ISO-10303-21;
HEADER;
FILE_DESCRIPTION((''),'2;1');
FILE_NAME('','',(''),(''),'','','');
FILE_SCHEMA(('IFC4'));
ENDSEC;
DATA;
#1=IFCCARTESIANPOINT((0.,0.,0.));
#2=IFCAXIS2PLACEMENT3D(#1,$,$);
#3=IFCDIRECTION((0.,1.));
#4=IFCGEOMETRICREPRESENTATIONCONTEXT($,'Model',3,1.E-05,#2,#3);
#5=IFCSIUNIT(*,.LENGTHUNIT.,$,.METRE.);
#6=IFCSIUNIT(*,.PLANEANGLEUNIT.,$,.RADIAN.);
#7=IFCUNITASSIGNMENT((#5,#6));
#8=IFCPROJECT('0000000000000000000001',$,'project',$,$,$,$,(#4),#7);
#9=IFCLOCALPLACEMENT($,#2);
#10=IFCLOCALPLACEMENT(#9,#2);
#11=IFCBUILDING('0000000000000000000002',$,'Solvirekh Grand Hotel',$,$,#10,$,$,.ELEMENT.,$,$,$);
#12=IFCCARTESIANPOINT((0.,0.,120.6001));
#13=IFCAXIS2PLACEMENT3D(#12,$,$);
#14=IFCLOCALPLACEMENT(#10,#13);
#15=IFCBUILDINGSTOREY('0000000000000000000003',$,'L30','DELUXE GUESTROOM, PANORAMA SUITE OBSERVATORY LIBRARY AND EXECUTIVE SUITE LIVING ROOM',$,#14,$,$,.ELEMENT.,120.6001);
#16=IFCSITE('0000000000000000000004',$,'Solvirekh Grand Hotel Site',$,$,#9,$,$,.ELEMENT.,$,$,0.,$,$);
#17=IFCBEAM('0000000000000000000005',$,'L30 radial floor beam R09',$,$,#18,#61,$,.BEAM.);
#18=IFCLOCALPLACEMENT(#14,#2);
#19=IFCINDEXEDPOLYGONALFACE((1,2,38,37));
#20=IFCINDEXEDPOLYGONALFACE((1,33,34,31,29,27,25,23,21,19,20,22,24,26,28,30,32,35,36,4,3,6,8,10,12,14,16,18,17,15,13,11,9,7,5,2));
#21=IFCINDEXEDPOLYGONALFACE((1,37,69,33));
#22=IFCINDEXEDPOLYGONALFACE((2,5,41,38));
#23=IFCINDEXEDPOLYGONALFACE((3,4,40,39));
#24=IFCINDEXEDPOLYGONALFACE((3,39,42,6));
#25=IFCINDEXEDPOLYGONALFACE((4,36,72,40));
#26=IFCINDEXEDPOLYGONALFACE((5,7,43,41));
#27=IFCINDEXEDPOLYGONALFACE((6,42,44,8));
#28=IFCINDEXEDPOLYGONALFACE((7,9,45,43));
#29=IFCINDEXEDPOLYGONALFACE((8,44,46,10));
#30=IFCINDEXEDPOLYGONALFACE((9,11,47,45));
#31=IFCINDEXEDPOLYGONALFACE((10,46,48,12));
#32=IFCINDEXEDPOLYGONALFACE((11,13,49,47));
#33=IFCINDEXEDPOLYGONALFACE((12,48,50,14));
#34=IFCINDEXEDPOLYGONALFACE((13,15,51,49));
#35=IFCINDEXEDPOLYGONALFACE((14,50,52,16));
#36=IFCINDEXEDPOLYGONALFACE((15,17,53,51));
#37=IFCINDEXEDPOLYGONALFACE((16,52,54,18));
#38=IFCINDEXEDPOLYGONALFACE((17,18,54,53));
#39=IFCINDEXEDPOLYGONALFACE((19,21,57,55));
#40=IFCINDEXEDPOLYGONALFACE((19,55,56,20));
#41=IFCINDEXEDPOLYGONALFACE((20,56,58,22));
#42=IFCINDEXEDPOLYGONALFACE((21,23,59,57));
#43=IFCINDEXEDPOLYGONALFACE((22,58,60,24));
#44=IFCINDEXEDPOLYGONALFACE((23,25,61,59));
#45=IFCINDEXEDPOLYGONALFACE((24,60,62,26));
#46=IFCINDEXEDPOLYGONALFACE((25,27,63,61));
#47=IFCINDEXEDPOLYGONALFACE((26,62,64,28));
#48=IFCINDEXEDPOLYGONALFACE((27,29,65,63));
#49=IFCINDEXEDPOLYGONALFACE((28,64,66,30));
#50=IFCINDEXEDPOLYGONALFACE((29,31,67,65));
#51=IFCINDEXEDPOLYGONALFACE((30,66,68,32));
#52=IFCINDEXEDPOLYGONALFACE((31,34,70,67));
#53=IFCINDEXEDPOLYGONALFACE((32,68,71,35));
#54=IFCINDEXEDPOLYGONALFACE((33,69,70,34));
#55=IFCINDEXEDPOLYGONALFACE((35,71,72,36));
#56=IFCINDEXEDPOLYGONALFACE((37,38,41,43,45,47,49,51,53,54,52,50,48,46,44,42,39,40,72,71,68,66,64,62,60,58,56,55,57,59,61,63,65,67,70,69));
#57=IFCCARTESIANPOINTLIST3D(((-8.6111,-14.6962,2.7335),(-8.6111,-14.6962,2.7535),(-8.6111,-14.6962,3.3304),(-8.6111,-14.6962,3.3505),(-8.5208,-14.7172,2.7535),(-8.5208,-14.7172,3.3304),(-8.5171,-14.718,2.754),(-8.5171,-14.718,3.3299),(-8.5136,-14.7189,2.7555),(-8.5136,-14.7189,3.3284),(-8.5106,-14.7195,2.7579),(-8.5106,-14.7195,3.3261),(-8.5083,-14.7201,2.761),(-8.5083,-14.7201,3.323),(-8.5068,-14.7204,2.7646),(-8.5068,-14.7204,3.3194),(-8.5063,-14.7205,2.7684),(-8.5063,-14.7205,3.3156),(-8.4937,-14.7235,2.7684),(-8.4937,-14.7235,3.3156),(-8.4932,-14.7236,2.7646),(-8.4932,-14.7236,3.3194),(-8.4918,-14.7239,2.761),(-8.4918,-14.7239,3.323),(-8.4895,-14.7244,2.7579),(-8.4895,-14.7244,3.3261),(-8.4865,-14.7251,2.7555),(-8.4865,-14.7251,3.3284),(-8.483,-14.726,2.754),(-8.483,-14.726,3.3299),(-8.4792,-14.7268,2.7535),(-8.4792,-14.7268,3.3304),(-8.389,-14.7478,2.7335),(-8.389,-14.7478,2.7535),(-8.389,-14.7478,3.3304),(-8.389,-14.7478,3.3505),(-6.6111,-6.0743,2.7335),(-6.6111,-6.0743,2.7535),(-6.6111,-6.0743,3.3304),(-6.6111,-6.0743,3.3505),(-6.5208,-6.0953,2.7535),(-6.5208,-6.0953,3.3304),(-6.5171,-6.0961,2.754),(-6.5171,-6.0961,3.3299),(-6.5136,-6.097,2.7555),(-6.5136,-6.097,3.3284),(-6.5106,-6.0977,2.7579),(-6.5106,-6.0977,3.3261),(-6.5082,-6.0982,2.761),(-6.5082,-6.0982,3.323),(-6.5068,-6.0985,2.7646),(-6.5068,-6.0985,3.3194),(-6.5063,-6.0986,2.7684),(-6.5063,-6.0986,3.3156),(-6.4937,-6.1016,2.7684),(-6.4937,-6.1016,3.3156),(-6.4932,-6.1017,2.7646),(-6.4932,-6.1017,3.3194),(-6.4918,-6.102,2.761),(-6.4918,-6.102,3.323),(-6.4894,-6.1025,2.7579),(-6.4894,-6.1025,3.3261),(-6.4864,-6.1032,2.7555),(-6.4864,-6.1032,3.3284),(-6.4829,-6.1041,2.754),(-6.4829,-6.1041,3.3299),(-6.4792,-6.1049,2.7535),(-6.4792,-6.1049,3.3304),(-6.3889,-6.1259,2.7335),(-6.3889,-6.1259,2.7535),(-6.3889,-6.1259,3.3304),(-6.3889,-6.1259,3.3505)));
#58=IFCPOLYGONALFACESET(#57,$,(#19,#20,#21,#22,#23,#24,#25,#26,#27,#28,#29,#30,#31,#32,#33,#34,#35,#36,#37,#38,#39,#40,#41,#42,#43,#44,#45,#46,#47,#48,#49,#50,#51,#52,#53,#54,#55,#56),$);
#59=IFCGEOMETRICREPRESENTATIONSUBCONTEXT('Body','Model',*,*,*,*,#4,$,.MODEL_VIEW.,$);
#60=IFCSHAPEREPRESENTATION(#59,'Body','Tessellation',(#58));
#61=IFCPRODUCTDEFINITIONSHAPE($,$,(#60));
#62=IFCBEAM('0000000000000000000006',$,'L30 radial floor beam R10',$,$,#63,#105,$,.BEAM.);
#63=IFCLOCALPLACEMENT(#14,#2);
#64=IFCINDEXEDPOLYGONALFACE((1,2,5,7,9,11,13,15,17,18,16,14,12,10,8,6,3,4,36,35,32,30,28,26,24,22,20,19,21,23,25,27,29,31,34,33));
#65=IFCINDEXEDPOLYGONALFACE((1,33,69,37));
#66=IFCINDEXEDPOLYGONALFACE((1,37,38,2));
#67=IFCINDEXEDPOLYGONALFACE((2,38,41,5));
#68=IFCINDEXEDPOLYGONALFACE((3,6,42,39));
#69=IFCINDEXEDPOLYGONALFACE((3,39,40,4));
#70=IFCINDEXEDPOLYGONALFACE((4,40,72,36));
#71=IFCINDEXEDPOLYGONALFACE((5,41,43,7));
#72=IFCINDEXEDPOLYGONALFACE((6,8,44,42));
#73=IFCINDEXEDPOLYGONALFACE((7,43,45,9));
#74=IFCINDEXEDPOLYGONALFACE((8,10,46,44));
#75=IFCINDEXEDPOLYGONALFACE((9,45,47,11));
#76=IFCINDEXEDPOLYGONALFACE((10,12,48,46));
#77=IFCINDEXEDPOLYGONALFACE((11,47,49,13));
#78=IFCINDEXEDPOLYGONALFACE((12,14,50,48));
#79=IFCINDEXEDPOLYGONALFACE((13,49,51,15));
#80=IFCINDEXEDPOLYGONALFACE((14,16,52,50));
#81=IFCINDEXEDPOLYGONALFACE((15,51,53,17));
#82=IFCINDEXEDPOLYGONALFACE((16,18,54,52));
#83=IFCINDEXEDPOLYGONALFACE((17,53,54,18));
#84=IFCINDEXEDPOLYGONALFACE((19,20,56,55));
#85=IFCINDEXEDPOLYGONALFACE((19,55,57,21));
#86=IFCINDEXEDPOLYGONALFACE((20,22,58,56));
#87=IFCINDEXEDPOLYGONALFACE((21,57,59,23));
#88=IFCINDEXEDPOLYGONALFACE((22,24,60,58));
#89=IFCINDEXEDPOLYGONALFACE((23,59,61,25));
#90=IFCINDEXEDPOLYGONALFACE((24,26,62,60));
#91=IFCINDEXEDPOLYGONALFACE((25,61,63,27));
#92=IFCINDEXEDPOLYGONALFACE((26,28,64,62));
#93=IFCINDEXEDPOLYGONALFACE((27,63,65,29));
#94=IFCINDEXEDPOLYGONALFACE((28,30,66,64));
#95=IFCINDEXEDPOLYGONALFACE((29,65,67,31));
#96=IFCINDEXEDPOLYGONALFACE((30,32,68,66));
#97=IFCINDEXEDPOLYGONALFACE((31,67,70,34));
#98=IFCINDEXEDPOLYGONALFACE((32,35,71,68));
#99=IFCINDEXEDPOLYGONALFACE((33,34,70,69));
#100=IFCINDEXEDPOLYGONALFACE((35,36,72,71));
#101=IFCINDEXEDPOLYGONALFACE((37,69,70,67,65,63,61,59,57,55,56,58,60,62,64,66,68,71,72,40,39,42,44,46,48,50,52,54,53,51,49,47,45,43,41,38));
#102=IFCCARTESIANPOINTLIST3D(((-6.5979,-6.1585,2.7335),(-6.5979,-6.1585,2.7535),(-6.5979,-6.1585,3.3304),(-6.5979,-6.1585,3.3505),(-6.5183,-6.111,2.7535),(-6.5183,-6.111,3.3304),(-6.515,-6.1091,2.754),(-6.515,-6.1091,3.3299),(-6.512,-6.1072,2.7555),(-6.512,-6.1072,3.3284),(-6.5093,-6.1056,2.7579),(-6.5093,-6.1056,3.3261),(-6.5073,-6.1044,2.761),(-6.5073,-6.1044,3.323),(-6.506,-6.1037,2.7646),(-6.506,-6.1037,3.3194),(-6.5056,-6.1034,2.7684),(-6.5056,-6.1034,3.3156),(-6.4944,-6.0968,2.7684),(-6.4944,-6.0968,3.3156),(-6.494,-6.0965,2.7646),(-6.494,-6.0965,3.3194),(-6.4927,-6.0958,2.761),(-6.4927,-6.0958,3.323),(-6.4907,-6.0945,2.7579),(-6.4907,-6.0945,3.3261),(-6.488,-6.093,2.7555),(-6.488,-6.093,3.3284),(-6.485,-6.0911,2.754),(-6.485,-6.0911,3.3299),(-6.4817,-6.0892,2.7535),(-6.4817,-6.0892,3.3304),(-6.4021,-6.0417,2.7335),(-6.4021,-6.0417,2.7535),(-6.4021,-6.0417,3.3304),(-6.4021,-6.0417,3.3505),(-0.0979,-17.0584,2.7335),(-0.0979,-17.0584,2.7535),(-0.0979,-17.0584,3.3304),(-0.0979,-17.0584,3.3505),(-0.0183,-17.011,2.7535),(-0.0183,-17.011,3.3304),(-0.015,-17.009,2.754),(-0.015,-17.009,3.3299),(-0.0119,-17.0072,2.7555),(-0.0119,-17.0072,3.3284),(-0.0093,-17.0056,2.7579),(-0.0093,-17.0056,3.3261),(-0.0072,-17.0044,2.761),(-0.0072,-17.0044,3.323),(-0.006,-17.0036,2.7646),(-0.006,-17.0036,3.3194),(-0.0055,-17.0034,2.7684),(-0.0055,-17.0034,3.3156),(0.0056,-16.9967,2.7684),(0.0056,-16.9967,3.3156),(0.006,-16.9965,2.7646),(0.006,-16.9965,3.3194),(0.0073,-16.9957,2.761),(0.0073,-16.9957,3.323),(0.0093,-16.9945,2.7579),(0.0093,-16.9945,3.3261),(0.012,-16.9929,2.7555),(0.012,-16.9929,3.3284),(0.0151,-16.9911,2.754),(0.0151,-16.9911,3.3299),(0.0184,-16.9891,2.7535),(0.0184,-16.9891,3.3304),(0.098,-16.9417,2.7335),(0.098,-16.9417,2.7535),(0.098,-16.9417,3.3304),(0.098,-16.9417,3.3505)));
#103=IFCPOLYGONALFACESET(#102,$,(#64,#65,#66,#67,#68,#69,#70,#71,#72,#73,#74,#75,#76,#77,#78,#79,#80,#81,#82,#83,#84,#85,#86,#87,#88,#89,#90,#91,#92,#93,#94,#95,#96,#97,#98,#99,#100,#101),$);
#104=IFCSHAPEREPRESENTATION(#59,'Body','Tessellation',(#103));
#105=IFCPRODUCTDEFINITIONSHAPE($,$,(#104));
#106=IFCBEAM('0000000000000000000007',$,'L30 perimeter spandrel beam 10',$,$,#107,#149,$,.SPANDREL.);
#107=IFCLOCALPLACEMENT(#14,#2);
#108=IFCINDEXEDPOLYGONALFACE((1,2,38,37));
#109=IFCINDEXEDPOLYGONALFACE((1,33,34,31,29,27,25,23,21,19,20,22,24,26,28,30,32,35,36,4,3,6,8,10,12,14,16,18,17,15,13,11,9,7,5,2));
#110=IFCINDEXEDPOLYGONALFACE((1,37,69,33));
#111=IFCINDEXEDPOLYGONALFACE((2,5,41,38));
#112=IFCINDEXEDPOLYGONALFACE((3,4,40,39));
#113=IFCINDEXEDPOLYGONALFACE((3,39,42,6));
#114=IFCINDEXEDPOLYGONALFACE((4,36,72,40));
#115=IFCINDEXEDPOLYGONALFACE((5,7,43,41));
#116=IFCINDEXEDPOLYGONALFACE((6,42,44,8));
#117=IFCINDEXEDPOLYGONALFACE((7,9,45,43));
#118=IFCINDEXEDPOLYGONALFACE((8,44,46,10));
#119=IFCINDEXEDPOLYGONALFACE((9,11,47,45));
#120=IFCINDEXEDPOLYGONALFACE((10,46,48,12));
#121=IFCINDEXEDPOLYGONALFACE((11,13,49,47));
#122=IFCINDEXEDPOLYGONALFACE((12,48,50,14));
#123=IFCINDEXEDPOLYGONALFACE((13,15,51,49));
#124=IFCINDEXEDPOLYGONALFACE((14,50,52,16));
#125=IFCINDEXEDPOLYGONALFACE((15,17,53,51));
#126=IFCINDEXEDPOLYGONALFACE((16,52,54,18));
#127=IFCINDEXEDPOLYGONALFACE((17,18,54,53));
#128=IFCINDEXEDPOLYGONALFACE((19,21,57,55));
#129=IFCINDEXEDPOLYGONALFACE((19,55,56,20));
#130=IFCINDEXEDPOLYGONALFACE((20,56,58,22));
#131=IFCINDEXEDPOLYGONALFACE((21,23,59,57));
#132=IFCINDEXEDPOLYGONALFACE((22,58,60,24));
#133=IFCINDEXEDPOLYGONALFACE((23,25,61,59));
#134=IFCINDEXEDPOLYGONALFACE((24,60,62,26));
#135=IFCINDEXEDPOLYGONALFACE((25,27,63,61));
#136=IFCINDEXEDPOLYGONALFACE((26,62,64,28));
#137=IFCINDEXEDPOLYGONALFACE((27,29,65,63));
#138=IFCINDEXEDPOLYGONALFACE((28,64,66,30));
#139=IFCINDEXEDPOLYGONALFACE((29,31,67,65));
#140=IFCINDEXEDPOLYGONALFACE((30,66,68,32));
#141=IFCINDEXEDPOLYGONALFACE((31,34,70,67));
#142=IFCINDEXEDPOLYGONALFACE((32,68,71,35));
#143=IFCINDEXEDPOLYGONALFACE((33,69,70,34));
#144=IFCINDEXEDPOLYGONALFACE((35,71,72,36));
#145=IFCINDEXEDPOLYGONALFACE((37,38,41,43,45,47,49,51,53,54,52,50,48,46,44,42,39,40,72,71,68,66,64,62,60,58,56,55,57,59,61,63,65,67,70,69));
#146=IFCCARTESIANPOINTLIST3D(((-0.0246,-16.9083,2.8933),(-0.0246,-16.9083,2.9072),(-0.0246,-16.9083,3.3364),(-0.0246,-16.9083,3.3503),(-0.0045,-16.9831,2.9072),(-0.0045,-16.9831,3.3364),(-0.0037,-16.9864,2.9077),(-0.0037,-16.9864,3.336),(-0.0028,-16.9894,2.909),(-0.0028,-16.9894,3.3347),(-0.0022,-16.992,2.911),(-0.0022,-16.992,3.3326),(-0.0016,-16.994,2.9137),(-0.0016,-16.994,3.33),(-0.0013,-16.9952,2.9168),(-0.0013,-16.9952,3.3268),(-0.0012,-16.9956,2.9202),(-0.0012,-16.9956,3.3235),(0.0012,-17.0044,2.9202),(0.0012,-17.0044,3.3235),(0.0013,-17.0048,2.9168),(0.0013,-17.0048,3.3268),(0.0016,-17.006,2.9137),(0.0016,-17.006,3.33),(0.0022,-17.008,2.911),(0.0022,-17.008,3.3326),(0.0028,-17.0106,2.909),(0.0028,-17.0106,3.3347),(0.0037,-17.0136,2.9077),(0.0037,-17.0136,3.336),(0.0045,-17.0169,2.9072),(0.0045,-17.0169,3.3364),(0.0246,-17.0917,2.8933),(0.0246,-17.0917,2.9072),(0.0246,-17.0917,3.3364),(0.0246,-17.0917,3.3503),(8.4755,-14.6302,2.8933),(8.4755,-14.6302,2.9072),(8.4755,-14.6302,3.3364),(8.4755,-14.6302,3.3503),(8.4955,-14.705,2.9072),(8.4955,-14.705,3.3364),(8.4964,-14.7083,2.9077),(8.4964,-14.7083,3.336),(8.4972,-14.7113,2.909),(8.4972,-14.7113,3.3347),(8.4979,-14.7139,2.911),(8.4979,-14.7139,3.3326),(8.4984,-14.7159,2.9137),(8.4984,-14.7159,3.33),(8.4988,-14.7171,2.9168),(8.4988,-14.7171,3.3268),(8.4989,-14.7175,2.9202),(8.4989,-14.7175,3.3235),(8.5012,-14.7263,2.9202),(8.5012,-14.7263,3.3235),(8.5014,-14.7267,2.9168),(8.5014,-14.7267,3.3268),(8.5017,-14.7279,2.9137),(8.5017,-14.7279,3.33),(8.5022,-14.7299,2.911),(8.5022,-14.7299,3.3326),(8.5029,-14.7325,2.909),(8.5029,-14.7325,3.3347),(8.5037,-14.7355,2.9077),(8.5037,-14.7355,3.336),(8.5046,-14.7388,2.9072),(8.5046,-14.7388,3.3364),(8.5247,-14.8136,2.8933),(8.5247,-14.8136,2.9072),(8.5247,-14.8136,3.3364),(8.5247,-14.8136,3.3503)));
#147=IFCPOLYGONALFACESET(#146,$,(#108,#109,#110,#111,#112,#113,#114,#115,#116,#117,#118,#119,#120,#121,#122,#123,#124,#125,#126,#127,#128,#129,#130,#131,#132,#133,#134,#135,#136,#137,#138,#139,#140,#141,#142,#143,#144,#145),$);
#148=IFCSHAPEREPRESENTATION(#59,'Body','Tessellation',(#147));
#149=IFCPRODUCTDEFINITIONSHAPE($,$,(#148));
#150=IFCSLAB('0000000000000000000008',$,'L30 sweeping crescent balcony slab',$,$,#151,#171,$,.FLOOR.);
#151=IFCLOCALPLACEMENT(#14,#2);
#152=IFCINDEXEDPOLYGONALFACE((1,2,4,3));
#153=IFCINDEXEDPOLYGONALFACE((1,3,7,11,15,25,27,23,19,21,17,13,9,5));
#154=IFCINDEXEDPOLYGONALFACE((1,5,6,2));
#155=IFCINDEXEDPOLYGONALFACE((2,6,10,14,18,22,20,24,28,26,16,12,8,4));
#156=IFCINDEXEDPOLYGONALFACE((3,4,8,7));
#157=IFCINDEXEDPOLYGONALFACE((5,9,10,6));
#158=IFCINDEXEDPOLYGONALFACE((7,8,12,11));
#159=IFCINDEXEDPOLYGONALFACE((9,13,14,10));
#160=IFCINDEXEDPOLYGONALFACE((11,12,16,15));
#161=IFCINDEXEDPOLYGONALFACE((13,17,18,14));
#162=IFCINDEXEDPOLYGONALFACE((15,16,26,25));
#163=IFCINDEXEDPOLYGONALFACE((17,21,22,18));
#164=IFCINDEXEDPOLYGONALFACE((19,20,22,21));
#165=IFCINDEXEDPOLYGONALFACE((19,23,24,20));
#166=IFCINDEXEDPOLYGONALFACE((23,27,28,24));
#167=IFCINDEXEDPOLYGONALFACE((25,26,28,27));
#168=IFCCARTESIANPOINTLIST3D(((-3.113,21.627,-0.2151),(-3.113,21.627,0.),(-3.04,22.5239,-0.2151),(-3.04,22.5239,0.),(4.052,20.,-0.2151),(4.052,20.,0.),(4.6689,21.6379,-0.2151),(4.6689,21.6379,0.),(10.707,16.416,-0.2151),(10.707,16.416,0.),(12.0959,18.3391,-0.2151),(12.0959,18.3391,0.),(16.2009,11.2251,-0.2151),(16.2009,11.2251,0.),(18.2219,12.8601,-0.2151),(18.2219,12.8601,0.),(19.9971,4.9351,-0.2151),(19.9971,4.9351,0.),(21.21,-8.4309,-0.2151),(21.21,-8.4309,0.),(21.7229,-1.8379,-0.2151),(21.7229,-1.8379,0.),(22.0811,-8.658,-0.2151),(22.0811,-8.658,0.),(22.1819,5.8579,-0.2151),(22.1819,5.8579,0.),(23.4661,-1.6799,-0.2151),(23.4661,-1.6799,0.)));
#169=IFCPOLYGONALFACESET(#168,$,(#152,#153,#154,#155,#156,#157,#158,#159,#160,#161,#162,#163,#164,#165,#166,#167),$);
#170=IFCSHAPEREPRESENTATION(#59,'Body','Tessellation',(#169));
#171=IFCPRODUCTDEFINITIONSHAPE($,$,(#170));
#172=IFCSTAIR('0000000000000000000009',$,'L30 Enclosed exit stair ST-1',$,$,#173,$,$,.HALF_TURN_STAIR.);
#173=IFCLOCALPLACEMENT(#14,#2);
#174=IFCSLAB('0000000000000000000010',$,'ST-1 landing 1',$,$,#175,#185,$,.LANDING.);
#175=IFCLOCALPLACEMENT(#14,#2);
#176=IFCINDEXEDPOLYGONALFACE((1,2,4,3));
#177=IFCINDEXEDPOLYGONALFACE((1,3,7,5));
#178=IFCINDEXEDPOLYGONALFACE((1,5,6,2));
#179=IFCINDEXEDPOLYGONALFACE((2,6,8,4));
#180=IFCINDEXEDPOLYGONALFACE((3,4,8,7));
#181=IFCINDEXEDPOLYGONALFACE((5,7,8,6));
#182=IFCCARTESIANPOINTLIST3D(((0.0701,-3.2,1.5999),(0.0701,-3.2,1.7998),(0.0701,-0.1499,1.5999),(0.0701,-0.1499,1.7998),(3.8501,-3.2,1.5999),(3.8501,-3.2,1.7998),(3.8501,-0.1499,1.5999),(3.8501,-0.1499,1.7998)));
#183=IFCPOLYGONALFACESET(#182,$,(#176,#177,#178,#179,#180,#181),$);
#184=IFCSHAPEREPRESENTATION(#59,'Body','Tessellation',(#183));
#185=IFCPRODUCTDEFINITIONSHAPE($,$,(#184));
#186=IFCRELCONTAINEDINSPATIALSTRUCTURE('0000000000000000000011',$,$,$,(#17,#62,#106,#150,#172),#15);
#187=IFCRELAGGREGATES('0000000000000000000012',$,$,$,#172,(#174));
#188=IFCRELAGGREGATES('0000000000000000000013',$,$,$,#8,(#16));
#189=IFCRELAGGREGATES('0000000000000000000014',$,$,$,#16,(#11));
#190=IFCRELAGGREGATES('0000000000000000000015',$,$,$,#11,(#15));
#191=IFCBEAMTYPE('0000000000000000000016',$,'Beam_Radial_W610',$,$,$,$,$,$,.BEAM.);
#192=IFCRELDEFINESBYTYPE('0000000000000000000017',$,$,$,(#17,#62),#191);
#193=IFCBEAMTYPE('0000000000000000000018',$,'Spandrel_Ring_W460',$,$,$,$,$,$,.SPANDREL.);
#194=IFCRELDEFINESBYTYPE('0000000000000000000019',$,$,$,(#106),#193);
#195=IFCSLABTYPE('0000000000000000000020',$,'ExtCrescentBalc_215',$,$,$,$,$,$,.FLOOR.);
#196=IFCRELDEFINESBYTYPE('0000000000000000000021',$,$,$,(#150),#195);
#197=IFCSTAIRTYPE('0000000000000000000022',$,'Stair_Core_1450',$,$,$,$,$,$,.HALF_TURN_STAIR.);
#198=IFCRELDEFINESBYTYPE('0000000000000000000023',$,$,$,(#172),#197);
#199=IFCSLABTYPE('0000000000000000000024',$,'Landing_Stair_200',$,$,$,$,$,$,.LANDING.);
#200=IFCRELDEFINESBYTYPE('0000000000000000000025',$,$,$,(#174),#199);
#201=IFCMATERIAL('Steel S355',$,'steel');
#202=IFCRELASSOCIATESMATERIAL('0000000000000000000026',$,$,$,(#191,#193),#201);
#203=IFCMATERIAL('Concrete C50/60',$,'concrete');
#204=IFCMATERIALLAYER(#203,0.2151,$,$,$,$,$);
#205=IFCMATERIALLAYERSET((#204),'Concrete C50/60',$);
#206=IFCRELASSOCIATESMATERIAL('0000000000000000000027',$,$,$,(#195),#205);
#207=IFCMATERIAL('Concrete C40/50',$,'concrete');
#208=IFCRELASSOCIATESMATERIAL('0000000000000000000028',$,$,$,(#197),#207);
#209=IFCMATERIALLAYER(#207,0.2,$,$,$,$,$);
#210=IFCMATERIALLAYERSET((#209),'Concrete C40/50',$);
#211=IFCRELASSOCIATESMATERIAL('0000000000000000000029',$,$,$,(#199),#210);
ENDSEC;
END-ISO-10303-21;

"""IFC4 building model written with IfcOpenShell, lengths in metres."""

from ifc_helpers import new_model, si_unit, direction, frame, origin, origin_2d, place, context, subcontext, project, spatial, polyline, i_section, outline, extrude, material, layer, layer_set, material_profile, profile_set, type_object, element, aggregate, save


model = new_model("IFC4")

# Units and contexts
model_context = context("Model", 3, precision=1e-05, world=origin(), true_north=direction((0.0, 1.0)))
body_context = subcontext(model_context, "Body", "Model", "MODEL_VIEW")
ifc_project = project(units=[si_unit("LENGTHUNIT", "METRE"), si_unit("PLANEANGLEUNIT", "RADIAN")], contexts=[model_context])

# Site, building, storey
site_placement = place(None, origin())
site = spatial("IfcSite", under=ifc_project, at=site_placement, Name="Solvirekh Grand Hotel Site", CompositionType="ELEMENT", RefElevation=0.0)
building_placement = place(site_placement, origin())
building = spatial("IfcBuilding", under=site, at=building_placement, Name="Solvirekh Grand Hotel", CompositionType="ELEMENT")
storey_placement = place(building_placement, frame((0.0, 0.0, 120.6001)))
storey = spatial("IfcBuildingStorey", under=building, at=storey_placement, Name="L30", Description="DELUXE GUESTROOM, PANORAMA SUITE OBSERVATORY LIBRARY AND EXECUTIVE SUITE LIVING ROOM", CompositionType="ELEMENT", Elevation=120.6001)

# Shared definitions
ifc_material_1 = material(Name="Concrete C50/60", Category="concrete")

# Beams
ifc_material_2 = material(Name="Steel S355", Category="steel")
ifc_material_profile_1 = material_profile(ifc_material_2, i_section(OverallWidth=0.228, OverallDepth=0.6169, WebThickness=0.0129, FlangeThickness=0.02, FilletRadius=0.0149, at=origin_2d()), Name="W610X140")
ifc_profile_set_1 = profile_set([ifc_material_profile_1], Name="Steel S355")
beam_type_1 = type_object("IfcBeamType", Name="Beam_Radial_W610", PredefinedType="BEAM", material=ifc_profile_set_1)
beam_1_placement = place(storey_placement, frame((-6.5, -6.1001, 3.042), z_axis=(-0.225969, -0.974134, 0.0), x_axis=(0.974134, -0.225969, 0.0)))
element("IfcBeam", 1, at=beam_1_placement, inside=storey, type_object=beam_type_1, Name="L30 radial floor beam R09", PredefinedType="BEAM", context=body_context, shape_type="SweptSolid", body=[
    extrude(i_section(OverallWidth=0.228, OverallDepth=0.6169, WebThickness=0.0129, FlangeThickness=0.02, FilletRadius=0.0149, at=origin_2d()), origin(), (0.0, 0.0, 1.0), 8.8508),
])
beam_2_placement = place(storey_placement, frame((-6.5, -6.1001, 3.042), z_axis=(0.51218, -0.858878, 0.0), x_axis=(0.858878, 0.51218, 0.0)))
element("IfcBeam", 2, at=beam_2_placement, inside=storey, type_object=beam_type_1, Name="L30 radial floor beam R10", PredefinedType="BEAM", context=body_context, shape_type="SweptSolid", body=[
    extrude(i_section(OverallWidth=0.228, OverallDepth=0.6169, WebThickness=0.0129, FlangeThickness=0.02, FilletRadius=0.0149, at=origin_2d()), origin(), (0.0, 0.0, 1.0), 12.6909),
])
ifc_material_profile_2 = material_profile(ifc_material_2, i_section(OverallWidth=0.1899, OverallDepth=0.457, WebThickness=0.009, FlangeThickness=0.0139, FilletRadius=0.0129, at=origin_2d()), Name="W460X74")
ifc_profile_set_2 = profile_set([ifc_material_profile_2], Name="Steel S355")
beam_type_2 = type_object("IfcBeamType", Name="Spandrel_Ring_W460", PredefinedType="SPANDREL", material=ifc_profile_set_2)
beam_3_placement = place(storey_placement, frame((0.0, -17.0, 3.1218), z_axis=(0.965911, 0.258873, 0.0), x_axis=(-0.258873, 0.965911, 0.0)))
element("IfcBeam", 3, at=beam_3_placement, inside=storey, type_object=beam_type_2, Name="L30 perimeter spandrel beam 10", PredefinedType="SPANDREL", context=body_context, shape_type="SweptSolid", body=[
    extrude(i_section(OverallWidth=0.1899, OverallDepth=0.457, WebThickness=0.009, FlangeThickness=0.0139, FilletRadius=0.0129, at=origin_2d()), origin(), (0.0, 0.0, 1.0), 8.8),
])

# Slab
ifc_layer_1 = layer(ifc_material_1, 0.2151)
ifc_layer_set_1 = layer_set([ifc_layer_1], Name="Concrete C50/60")
slab_type_1 = type_object("IfcSlabType", Name="ExtCrescentBalc_215", PredefinedType="FLOOR", material=ifc_layer_set_1)
slab_1_placement = place(storey_placement, frame((0.0, 0.0, -0.2151)))
element("IfcSlab", 4, at=slab_1_placement, inside=storey, type_object=slab_type_1, Name="L30 sweeping crescent balcony slab", PredefinedType="FLOOR", context=body_context, shape_type="SweptSolid", body=[
    extrude(outline(polyline([(22.0811, -8.658), (23.4661, -1.6799), (22.1819, 5.8579), (18.2219, 12.8601), (12.0959, 18.3391), (4.6689, 21.6379), (-3.04, 22.5239), (-3.113, 21.627), (4.052, 20.0), (10.707, 16.416), (16.2009, 11.2251), (19.9971, 4.9351), (21.7229, -1.8379), (21.21, -8.4309), (22.0811, -8.658)])), origin(), (0.0, 0.0, 1.0), 0.2151),
])

# Stair, slab
ifc_material_3 = material(Name="Concrete C40/50", Category="concrete")
stair_type = type_object("IfcStairType", Name="Stair_Core_1450", PredefinedType="HALF_TURN_STAIR", material=ifc_material_3)
stair_1_placement = place(storey_placement, origin())
stair_1 = element("IfcStair", 5, at=stair_1_placement, inside=storey, type_object=stair_type, Name="L30 Enclosed exit stair ST-1", PredefinedType="HALF_TURN_STAIR")
ifc_layer_2 = layer(ifc_material_3, 0.2)
ifc_layer_set_2 = layer_set([ifc_layer_2], Name="Concrete C40/50")
slab_type_2 = type_object("IfcSlabType", Name="Landing_Stair_200", PredefinedType="LANDING", material=ifc_layer_set_2)
slab_2_placement = place(storey_placement, frame((0.0, 0.0, 1.5999)))
slab_2 = element("IfcSlab", 6, at=slab_2_placement, type_object=slab_type_2, Name="ST-1 landing 1", PredefinedType="LANDING", context=body_context, shape_type="SweptSolid", body=[
    extrude(outline(polyline([(0.0701, -3.2), (3.8501, -3.2), (3.8501, -0.1499), (0.0701, -0.1499), (0.0701, -3.2)])), origin(), (0.0, 0.0, 1.0), 0.2),
])

aggregate(stair_1, [slab_2])

save(model, "model.ifc")
